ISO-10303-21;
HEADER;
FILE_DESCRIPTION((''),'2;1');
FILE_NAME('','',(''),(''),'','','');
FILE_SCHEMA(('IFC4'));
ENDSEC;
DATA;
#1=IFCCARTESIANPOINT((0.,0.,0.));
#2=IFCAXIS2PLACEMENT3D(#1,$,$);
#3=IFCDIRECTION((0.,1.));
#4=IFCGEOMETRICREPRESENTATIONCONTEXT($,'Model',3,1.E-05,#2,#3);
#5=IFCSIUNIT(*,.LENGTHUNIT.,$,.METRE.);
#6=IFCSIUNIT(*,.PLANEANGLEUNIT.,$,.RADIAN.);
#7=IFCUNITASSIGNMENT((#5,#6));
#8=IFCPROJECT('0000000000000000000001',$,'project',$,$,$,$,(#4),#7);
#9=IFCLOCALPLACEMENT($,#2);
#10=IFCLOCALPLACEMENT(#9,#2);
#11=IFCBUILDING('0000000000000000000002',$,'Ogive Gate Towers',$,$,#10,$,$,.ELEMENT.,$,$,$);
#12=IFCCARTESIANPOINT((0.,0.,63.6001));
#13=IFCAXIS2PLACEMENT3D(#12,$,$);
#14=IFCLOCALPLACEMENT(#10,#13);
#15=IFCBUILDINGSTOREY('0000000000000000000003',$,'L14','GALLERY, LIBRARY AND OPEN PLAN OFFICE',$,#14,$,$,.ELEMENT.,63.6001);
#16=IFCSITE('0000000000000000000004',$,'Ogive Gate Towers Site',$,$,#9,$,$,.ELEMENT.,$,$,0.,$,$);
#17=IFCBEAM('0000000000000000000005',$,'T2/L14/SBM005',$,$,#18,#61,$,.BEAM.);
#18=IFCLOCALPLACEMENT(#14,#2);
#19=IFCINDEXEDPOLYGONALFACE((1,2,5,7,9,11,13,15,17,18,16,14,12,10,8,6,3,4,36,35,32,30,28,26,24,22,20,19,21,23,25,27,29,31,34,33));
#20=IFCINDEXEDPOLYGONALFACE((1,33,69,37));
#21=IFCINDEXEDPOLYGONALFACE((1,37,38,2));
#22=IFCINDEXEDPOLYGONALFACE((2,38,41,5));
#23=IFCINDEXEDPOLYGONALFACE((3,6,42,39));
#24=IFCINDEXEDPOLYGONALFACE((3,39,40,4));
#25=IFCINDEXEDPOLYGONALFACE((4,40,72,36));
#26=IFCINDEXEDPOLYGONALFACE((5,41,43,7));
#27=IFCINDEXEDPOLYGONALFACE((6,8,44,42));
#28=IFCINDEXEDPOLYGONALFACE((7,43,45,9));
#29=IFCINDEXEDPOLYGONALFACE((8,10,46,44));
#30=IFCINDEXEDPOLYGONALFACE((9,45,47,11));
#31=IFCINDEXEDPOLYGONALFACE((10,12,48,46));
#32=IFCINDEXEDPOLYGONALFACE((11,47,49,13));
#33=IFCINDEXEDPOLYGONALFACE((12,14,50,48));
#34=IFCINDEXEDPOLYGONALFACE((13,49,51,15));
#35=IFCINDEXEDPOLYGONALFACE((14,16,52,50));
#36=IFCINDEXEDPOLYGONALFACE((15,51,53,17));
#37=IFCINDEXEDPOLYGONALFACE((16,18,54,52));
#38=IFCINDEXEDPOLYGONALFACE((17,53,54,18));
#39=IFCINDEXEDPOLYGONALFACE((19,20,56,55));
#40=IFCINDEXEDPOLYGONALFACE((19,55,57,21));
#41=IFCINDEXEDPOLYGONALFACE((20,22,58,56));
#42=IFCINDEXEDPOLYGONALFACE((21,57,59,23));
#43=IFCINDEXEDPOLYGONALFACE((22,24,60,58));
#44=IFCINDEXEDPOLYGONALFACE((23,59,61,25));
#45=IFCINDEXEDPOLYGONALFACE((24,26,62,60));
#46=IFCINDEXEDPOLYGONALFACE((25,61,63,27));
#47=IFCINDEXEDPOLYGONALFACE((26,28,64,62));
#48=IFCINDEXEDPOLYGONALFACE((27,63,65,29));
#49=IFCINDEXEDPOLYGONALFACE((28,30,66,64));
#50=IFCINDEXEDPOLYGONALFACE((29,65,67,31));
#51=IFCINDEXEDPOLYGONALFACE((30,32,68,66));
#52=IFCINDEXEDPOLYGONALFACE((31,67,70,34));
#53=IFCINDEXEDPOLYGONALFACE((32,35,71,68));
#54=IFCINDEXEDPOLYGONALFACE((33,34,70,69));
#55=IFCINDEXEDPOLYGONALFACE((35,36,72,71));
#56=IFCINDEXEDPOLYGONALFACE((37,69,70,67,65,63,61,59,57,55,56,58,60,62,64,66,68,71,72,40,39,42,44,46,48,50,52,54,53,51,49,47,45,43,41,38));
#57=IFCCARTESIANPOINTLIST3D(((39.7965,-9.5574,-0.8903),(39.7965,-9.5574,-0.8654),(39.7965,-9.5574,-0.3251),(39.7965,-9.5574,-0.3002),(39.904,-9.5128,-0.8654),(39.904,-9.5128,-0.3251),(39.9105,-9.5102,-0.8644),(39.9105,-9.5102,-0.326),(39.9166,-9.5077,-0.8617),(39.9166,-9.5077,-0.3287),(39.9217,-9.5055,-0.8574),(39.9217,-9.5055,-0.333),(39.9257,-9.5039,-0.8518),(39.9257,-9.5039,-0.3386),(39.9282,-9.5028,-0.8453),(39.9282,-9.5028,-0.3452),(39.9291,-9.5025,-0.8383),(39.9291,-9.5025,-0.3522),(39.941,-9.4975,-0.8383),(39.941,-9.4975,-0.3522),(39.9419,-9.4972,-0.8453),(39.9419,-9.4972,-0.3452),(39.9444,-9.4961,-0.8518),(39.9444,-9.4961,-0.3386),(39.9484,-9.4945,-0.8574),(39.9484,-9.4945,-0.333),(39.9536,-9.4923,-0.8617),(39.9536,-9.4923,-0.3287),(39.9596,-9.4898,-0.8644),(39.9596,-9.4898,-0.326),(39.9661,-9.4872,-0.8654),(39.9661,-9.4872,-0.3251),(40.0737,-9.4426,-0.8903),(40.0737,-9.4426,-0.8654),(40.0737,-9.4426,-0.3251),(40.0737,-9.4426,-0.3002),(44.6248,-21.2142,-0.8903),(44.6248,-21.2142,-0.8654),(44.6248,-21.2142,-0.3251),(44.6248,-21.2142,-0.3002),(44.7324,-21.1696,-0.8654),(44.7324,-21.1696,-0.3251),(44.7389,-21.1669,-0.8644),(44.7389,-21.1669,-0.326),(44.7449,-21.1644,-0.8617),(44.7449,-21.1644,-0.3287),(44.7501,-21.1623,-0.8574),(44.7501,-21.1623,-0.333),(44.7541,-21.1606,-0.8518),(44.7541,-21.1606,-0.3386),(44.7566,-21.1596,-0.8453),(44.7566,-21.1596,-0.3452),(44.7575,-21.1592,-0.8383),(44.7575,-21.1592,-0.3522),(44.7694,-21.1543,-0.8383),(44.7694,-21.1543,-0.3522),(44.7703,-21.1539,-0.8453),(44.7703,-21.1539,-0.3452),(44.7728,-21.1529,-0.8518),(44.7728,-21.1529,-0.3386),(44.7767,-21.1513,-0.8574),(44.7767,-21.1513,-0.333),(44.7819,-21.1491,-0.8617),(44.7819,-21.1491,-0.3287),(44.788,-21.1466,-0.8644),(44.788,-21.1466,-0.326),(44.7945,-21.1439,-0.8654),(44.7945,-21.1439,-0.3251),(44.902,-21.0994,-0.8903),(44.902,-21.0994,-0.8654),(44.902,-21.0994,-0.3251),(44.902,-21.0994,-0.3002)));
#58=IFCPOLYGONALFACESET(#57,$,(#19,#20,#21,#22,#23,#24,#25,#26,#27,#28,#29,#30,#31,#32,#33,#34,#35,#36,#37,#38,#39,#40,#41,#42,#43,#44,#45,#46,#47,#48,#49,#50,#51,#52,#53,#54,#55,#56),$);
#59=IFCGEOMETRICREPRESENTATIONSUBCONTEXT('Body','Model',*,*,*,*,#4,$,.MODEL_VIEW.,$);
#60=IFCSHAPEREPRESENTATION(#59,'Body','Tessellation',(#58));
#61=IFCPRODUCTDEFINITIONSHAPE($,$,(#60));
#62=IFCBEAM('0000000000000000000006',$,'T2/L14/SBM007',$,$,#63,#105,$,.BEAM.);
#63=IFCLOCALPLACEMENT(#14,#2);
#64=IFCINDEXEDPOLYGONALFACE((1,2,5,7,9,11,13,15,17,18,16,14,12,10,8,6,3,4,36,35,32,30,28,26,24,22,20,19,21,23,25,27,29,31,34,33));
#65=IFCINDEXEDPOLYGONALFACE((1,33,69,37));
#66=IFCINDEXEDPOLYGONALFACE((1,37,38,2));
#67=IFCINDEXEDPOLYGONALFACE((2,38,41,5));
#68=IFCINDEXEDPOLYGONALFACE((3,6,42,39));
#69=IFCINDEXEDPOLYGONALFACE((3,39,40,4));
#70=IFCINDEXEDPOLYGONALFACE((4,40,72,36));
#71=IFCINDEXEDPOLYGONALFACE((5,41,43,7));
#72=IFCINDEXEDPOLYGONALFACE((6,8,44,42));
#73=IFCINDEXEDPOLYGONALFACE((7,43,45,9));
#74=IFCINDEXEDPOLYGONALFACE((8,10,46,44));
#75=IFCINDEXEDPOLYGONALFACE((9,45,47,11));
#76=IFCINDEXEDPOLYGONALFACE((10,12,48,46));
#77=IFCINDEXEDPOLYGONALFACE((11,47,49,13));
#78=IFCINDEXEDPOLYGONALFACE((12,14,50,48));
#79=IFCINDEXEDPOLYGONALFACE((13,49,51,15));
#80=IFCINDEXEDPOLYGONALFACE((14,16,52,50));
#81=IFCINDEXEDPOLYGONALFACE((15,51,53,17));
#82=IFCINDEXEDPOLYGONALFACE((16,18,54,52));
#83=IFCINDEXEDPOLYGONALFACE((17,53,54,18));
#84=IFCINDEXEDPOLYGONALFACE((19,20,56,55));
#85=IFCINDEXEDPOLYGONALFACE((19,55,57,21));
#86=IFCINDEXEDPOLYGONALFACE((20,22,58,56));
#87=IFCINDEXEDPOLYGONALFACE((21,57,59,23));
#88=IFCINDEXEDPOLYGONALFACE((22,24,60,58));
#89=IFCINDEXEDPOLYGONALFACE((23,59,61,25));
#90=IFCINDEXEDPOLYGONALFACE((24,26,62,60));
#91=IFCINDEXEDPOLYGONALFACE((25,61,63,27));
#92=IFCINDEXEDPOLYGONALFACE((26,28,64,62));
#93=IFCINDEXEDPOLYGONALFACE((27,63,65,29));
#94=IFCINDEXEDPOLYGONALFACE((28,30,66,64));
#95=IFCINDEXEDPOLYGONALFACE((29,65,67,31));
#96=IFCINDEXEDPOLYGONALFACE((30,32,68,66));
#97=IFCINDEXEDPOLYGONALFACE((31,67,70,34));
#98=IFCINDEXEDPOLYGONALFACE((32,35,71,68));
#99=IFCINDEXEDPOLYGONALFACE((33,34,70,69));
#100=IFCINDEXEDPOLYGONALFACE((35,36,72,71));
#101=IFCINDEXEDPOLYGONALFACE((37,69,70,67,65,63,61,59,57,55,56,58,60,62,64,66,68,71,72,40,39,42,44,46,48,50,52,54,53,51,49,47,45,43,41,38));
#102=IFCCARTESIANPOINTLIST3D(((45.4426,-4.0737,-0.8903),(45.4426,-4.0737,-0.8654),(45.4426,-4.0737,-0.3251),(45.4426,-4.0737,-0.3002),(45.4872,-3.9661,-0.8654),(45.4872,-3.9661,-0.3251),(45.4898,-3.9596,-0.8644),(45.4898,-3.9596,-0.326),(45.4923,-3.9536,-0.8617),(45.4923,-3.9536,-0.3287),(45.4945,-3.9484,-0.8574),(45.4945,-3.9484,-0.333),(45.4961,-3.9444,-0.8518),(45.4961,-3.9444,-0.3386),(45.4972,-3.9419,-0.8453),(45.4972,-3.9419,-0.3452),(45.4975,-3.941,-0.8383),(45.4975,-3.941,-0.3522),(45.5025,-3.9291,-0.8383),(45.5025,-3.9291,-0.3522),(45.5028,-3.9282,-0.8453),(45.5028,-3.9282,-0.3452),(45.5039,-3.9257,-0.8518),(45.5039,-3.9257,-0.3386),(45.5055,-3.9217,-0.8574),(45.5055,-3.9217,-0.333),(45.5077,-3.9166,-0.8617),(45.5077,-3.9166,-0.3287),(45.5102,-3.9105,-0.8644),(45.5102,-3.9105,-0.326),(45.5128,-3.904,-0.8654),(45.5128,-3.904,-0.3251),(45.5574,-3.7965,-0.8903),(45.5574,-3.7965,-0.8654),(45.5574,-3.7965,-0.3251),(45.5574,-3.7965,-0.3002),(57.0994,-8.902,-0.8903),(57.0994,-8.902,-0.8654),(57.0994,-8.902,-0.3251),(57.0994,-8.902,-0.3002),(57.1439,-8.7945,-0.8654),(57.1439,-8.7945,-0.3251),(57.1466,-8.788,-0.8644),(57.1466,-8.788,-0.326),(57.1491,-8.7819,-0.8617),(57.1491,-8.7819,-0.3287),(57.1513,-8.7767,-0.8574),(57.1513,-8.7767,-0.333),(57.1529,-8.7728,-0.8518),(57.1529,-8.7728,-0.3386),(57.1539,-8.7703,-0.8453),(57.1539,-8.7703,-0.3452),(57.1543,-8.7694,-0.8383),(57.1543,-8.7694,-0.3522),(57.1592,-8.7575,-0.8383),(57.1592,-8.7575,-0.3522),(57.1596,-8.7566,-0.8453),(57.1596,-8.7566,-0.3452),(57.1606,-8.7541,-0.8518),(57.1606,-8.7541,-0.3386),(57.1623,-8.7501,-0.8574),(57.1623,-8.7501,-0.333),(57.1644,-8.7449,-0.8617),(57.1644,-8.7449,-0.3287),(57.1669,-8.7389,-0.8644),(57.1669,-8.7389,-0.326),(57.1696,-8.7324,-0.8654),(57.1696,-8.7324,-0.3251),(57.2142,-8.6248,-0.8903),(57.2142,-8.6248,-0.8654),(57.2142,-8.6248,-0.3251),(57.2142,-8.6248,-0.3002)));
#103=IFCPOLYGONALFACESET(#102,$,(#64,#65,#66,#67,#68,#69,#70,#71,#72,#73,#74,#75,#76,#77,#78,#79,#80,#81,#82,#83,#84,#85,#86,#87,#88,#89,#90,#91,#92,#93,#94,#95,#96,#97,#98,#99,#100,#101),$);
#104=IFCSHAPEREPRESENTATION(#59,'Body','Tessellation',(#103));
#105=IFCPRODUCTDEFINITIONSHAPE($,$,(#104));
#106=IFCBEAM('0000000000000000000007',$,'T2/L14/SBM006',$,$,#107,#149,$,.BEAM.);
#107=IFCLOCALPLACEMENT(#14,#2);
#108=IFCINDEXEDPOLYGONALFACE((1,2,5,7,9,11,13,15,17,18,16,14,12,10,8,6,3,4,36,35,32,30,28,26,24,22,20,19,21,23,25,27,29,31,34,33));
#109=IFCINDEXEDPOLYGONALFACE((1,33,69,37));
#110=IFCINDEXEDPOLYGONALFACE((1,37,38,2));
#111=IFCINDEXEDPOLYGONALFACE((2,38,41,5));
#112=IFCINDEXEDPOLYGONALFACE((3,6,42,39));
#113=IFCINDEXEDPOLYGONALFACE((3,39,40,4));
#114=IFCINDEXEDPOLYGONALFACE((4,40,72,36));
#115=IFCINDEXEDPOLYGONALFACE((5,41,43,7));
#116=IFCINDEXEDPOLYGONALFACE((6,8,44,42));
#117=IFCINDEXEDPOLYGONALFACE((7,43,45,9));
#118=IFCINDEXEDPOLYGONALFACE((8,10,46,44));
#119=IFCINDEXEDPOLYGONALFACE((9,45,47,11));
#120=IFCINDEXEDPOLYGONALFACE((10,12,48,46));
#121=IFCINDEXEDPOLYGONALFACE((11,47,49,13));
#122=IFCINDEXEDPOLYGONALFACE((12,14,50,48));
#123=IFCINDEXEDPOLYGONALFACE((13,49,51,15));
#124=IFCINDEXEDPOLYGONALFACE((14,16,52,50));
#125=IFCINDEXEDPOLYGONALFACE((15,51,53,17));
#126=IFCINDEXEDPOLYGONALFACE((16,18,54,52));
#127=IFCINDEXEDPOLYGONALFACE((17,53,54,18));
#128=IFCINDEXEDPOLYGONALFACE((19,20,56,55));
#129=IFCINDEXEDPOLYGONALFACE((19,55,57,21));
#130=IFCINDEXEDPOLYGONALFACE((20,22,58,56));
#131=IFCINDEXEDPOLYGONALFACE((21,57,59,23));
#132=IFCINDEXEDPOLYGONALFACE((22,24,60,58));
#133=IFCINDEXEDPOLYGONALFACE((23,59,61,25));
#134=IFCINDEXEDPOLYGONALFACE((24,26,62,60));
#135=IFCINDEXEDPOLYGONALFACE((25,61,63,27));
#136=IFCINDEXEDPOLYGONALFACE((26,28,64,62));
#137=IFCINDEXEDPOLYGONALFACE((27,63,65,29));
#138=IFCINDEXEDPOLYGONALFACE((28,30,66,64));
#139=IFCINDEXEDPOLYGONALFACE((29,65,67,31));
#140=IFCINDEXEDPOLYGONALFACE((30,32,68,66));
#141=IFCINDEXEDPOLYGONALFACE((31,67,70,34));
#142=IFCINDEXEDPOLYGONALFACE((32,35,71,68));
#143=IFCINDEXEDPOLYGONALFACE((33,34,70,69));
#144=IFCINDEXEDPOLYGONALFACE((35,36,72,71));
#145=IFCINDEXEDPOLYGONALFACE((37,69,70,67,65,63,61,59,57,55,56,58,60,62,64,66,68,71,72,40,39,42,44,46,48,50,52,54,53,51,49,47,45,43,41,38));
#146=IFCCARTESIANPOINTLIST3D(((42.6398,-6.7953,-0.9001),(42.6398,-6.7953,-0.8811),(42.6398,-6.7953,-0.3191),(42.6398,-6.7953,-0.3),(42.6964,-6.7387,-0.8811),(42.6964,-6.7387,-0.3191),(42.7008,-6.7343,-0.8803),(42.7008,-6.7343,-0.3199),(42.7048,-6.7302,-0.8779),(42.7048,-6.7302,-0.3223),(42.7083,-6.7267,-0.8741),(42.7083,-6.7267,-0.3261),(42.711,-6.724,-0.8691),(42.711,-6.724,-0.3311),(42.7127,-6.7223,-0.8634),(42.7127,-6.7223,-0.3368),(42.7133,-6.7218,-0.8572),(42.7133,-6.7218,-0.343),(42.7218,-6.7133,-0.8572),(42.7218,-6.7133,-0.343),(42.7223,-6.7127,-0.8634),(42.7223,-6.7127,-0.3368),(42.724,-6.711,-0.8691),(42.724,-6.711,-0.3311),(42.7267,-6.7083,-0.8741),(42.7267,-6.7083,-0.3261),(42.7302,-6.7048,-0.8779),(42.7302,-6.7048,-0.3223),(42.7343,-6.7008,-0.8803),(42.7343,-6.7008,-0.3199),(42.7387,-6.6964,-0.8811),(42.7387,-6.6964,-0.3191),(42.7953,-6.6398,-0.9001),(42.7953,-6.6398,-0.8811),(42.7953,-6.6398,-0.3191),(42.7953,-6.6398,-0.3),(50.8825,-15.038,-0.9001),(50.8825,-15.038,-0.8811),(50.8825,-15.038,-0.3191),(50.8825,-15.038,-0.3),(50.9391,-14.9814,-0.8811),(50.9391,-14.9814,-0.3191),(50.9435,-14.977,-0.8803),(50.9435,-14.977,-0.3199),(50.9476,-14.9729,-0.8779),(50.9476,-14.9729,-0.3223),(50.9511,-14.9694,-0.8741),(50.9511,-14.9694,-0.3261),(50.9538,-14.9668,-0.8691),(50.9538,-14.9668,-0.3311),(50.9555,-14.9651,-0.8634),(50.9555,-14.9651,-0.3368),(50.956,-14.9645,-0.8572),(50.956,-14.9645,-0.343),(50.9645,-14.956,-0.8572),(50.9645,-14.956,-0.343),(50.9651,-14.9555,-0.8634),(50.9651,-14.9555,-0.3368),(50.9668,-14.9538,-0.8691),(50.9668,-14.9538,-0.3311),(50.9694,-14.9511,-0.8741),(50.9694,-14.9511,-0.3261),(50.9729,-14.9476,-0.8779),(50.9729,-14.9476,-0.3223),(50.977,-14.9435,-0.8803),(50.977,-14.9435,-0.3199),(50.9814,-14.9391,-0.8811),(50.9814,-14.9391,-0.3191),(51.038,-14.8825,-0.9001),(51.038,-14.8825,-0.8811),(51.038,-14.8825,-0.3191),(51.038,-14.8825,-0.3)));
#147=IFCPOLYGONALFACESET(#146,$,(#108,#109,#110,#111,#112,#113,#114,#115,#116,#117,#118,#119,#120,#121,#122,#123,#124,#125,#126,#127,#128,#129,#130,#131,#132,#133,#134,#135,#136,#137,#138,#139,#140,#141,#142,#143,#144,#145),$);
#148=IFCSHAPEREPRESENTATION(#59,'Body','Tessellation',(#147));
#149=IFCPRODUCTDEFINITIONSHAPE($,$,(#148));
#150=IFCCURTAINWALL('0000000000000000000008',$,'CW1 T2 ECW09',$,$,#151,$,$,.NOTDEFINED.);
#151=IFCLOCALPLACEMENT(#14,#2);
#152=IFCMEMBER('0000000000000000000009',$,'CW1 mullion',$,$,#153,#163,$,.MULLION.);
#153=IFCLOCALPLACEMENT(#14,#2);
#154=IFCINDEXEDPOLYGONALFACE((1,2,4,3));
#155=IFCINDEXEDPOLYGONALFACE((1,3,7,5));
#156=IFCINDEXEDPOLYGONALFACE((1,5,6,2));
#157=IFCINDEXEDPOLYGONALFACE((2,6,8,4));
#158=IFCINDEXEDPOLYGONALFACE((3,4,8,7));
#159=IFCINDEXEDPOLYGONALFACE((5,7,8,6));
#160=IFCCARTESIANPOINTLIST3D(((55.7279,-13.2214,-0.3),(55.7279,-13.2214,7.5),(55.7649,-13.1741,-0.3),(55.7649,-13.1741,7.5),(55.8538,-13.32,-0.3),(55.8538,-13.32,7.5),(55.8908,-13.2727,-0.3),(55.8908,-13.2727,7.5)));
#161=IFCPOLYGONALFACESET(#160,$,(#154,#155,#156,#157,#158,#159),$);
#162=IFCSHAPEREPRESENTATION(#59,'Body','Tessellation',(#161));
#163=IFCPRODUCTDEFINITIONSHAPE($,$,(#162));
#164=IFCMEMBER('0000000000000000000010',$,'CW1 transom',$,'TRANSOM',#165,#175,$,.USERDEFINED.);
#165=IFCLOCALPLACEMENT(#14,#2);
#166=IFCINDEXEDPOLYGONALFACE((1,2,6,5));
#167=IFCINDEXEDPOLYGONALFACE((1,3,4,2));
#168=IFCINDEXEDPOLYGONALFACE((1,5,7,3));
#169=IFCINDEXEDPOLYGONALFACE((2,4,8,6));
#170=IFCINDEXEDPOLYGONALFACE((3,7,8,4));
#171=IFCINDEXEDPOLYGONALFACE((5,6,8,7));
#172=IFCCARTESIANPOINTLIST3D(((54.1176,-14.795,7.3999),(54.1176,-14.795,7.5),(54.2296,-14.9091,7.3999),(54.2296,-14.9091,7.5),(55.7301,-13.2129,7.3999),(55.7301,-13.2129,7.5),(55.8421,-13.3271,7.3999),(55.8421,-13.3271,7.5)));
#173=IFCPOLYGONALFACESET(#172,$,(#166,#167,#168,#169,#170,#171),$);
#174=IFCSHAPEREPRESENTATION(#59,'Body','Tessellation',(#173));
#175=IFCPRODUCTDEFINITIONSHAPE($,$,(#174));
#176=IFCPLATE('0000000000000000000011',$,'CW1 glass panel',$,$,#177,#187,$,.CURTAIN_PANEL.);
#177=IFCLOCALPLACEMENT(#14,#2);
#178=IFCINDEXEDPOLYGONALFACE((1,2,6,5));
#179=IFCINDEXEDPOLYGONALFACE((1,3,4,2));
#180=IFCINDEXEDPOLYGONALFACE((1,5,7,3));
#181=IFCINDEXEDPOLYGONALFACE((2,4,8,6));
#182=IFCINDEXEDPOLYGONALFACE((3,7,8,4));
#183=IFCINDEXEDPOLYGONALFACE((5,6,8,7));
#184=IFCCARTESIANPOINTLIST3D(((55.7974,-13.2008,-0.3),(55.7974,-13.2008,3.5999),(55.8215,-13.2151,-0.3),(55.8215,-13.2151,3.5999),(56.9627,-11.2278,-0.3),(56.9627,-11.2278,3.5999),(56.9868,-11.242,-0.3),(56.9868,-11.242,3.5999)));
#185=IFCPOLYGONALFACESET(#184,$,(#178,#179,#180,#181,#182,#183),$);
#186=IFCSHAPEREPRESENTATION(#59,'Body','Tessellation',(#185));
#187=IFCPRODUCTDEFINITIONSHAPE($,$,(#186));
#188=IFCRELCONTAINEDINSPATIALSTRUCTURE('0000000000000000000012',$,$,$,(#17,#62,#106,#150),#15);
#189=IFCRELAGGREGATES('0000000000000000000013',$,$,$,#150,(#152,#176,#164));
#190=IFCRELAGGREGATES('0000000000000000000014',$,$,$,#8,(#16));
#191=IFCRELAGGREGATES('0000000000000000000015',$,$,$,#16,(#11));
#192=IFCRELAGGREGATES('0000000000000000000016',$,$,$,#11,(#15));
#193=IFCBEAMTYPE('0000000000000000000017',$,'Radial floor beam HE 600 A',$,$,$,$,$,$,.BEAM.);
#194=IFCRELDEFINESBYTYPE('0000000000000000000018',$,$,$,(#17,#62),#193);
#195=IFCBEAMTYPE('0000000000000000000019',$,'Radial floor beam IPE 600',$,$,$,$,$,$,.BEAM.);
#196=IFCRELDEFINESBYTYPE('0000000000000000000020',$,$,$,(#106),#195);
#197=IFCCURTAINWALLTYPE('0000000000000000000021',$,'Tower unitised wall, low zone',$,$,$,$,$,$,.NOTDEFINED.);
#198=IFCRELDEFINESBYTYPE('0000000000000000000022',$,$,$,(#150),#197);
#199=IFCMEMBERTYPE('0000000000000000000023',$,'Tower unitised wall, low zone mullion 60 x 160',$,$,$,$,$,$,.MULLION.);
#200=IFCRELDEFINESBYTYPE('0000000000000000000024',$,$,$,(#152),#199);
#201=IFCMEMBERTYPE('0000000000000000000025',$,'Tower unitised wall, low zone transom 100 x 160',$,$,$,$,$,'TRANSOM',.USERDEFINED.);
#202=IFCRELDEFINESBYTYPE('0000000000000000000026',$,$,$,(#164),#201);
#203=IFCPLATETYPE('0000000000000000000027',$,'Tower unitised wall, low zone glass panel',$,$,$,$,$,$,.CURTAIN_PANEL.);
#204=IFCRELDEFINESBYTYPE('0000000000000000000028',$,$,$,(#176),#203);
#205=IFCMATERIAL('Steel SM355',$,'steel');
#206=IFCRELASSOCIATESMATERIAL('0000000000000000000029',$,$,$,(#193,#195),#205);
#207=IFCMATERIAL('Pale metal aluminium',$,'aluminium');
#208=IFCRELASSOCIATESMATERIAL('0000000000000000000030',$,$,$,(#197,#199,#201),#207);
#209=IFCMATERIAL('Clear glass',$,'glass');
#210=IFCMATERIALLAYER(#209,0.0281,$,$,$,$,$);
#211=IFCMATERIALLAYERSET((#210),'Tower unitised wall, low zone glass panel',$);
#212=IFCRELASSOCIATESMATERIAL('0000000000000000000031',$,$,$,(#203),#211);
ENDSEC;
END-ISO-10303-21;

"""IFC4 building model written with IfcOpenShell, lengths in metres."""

from ifc_helpers import new_model, si_unit, direction, frame, origin, origin_2d, place, context, subcontext, project, spatial, rectangle, i_section, extrude, material, layer, layer_set, material_profile, profile_set, type_object, element, aggregate, save


model = new_model("IFC4")

# Units and contexts
model_context = context("Model", 3, precision=1e-05, world=origin(), true_north=direction((0.0, 1.0)))
body_context = subcontext(model_context, "Body", "Model", "MODEL_VIEW")
ifc_project = project(units=[si_unit("LENGTHUNIT", "METRE"), si_unit("PLANEANGLEUNIT", "RADIAN")], contexts=[model_context])

# Site, building, storey
site_placement = place(None, origin())
site = spatial("IfcSite", under=ifc_project, at=site_placement, Name="Ogive Gate Towers Site", CompositionType="ELEMENT", RefElevation=0.0)
building_placement = place(site_placement, origin())
building = spatial("IfcBuilding", under=site, at=building_placement, Name="Ogive Gate Towers", CompositionType="ELEMENT")
storey_placement = place(building_placement, frame((0.0, 0.0, 63.6001)))
storey = spatial("IfcBuildingStorey", under=building, at=storey_placement, Name="L14", Description="GALLERY, LIBRARY AND OPEN PLAN OFFICE", CompositionType="ELEMENT", Elevation=63.6001)

# Beams
ifc_material_1 = material(Name="Steel SM355", Category="steel")
ifc_material_profile_1 = material_profile(ifc_material_1, i_section(OverallWidth=0.3, OverallDepth=0.5901, WebThickness=0.0129, FlangeThickness=0.0249, FilletRadius=0.0271, at=origin_2d()), Name="HE 600 A")
ifc_profile_set_1 = profile_set([ifc_material_profile_1], Name="Steel SM355")
beam_type_1 = type_object("IfcBeamType", Name="Radial floor beam HE 600 A", PredefinedType="BEAM", material=ifc_profile_set_1)
for number, where, z_axis, x_axis, name in (
    (1, (39.9351, -9.5, -0.5952), (0.382683, -0.92388, 0.0), (0.92388, 0.382683, 0.0), "T2/L14/SBM005"),
    (2, (45.5, -3.9351, -0.5952), (0.92388, -0.382683, 0.0), (0.382683, 0.92388, 0.0), "T2/L14/SBM007"),
):
    element("IfcBeam", number, at=place(storey_placement, frame(where, z_axis=z_axis, x_axis=x_axis)), inside=storey, type_object=beam_type_1, Name=name, PredefinedType="BEAM", context=body_context, shape_type="SweptSolid", body=[
        extrude(i_section(OverallWidth=0.3, OverallDepth=0.5901, WebThickness=0.0129, FlangeThickness=0.0249, FilletRadius=0.0271, at=origin_2d()), origin(), (0.0, 0.0, 1.0), 12.6172),
    ])
ifc_material_profile_2 = material_profile(ifc_material_1, i_section(OverallWidth=0.22, OverallDepth=0.6001, WebThickness=0.012, FlangeThickness=0.019, FilletRadius=0.0239, at=origin_2d()), Name="IPE 600")
ifc_profile_set_2 = profile_set([ifc_material_profile_2], Name="Steel SM355")
beam_type_2 = type_object("IfcBeamType", Name="Radial floor beam IPE 600", PredefinedType="BEAM", material=ifc_profile_set_2)
beam_placement = place(storey_placement, frame((42.7175, -6.7175, -0.6001), z_axis=(0.707107, -0.707107, 0.0), x_axis=(0.707107, 0.707107, 0.0)))
element("IfcBeam", 3, at=beam_placement, inside=storey, type_object=beam_type_2, Name="T2/L14/SBM006", PredefinedType="BEAM", context=body_context, shape_type="SweptSolid", body=[
    extrude(i_section(OverallWidth=0.22, OverallDepth=0.6001, WebThickness=0.012, FlangeThickness=0.019, FilletRadius=0.0239, at=origin_2d()), origin(), (0.0, 0.0, 1.0), 11.657),
])

# Curtain wall, members, plate
ifc_material_2 = material(Name="Pale metal aluminium", Category="aluminium")
curtain_wall_type = type_object("IfcCurtainWallType", Name="Tower unitised wall, low zone", PredefinedType="NOTDEFINED", material=ifc_material_2)
curtain_wall_placement = place(storey_placement, origin())
curtain_wall = element("IfcCurtainWall", 4, at=curtain_wall_placement, inside=storey, type_object=curtain_wall_type, Name="CW1 T2 ECW09", PredefinedType="NOTDEFINED")
ifc_material_profile_3 = material_profile(ifc_material_2, rectangle(XDim=0.1599, YDim=0.0601, at=origin_2d()), Name="60 x 160 aluminium box")
ifc_profile_set_3 = profile_set([ifc_material_profile_3], Name="Pale metal aluminium")
member_type_1 = type_object("IfcMemberType", Name="Tower unitised wall, low zone mullion 60 x 160", PredefinedType="MULLION", material=ifc_profile_set_3)
member_1_placement = place(storey_placement, frame((55.8093, -13.2471, -0.3), z_axis=(0.0, 0.0, 1.0), x_axis=(-0.787387, 0.616459, 0.0)))
member_1 = element("IfcMember", 5, at=member_1_placement, type_object=member_type_1, Name="CW1 mullion", PredefinedType="MULLION", context=body_context, shape_type="SweptSolid", body=[
    extrude(rectangle(XDim=0.1599, YDim=0.0601, at=origin_2d()), origin(), (0.0, 0.0, 1.0), 7.8),
])
ifc_material_profile_4 = material_profile(ifc_material_2, rectangle(XDim=0.1599, YDim=0.1001, at=origin_2d()), Name="100 x 160 aluminium box")
ifc_profile_set_4 = profile_set([ifc_material_profile_4], Name="Pale metal aluminium")
member_type_2 = type_object("IfcMemberType", Name="Tower unitised wall, low zone transom 100 x 160", ElementType="TRANSOM", PredefinedType="USERDEFINED", material=ifc_profile_set_4)
member_2_placement = place(storey_placement, frame((55.7861, -13.27, 7.45), z_axis=(-0.713829, -0.70032, 0.0), x_axis=(0.70032, -0.713829, 0.0)))
member_2 = element("IfcMember", 6, at=member_2_placement, type_object=member_type_2, Name="CW1 transom", ObjectType="TRANSOM", PredefinedType="USERDEFINED", context=body_context, shape_type="SweptSolid", body=[
    extrude(rectangle(XDim=0.1599, YDim=0.1001, at=origin_2d()), origin(), (0.0, 0.0, 1.0), 2.259),
])
ifc_material_3 = material(Name="Clear glass", Category="glass")
ifc_layer_1 = layer(ifc_material_3, 0.0281)
ifc_layer_set_1 = layer_set([ifc_layer_1], Name="Tower unitised wall, low zone glass panel")
plate_type = type_object("IfcPlateType", Name="Tower unitised wall, low zone glass panel", PredefinedType="CURTAIN_PANEL", material=ifc_layer_set_1)
plate_1_placement = place(storey_placement, frame((56.3921, -12.2214, -0.3), z_axis=(0.0, 0.0, 1.0), x_axis=(-0.508531, -0.861044, 0.0)))
plate_1 = element("IfcPlate", 7, at=plate_1_placement, type_object=plate_type, Name="CW1 glass panel", PredefinedType="CURTAIN_PANEL", context=body_context, shape_type="SweptSolid", body=[
    extrude(rectangle(XDim=2.2915, YDim=0.0281, at=origin_2d()), origin(), (0.0, 0.0, 1.0), 3.8999),
])
aggregate(curtain_wall, [member_1, plate_1, member_2])

save(model, "model.ifc")
